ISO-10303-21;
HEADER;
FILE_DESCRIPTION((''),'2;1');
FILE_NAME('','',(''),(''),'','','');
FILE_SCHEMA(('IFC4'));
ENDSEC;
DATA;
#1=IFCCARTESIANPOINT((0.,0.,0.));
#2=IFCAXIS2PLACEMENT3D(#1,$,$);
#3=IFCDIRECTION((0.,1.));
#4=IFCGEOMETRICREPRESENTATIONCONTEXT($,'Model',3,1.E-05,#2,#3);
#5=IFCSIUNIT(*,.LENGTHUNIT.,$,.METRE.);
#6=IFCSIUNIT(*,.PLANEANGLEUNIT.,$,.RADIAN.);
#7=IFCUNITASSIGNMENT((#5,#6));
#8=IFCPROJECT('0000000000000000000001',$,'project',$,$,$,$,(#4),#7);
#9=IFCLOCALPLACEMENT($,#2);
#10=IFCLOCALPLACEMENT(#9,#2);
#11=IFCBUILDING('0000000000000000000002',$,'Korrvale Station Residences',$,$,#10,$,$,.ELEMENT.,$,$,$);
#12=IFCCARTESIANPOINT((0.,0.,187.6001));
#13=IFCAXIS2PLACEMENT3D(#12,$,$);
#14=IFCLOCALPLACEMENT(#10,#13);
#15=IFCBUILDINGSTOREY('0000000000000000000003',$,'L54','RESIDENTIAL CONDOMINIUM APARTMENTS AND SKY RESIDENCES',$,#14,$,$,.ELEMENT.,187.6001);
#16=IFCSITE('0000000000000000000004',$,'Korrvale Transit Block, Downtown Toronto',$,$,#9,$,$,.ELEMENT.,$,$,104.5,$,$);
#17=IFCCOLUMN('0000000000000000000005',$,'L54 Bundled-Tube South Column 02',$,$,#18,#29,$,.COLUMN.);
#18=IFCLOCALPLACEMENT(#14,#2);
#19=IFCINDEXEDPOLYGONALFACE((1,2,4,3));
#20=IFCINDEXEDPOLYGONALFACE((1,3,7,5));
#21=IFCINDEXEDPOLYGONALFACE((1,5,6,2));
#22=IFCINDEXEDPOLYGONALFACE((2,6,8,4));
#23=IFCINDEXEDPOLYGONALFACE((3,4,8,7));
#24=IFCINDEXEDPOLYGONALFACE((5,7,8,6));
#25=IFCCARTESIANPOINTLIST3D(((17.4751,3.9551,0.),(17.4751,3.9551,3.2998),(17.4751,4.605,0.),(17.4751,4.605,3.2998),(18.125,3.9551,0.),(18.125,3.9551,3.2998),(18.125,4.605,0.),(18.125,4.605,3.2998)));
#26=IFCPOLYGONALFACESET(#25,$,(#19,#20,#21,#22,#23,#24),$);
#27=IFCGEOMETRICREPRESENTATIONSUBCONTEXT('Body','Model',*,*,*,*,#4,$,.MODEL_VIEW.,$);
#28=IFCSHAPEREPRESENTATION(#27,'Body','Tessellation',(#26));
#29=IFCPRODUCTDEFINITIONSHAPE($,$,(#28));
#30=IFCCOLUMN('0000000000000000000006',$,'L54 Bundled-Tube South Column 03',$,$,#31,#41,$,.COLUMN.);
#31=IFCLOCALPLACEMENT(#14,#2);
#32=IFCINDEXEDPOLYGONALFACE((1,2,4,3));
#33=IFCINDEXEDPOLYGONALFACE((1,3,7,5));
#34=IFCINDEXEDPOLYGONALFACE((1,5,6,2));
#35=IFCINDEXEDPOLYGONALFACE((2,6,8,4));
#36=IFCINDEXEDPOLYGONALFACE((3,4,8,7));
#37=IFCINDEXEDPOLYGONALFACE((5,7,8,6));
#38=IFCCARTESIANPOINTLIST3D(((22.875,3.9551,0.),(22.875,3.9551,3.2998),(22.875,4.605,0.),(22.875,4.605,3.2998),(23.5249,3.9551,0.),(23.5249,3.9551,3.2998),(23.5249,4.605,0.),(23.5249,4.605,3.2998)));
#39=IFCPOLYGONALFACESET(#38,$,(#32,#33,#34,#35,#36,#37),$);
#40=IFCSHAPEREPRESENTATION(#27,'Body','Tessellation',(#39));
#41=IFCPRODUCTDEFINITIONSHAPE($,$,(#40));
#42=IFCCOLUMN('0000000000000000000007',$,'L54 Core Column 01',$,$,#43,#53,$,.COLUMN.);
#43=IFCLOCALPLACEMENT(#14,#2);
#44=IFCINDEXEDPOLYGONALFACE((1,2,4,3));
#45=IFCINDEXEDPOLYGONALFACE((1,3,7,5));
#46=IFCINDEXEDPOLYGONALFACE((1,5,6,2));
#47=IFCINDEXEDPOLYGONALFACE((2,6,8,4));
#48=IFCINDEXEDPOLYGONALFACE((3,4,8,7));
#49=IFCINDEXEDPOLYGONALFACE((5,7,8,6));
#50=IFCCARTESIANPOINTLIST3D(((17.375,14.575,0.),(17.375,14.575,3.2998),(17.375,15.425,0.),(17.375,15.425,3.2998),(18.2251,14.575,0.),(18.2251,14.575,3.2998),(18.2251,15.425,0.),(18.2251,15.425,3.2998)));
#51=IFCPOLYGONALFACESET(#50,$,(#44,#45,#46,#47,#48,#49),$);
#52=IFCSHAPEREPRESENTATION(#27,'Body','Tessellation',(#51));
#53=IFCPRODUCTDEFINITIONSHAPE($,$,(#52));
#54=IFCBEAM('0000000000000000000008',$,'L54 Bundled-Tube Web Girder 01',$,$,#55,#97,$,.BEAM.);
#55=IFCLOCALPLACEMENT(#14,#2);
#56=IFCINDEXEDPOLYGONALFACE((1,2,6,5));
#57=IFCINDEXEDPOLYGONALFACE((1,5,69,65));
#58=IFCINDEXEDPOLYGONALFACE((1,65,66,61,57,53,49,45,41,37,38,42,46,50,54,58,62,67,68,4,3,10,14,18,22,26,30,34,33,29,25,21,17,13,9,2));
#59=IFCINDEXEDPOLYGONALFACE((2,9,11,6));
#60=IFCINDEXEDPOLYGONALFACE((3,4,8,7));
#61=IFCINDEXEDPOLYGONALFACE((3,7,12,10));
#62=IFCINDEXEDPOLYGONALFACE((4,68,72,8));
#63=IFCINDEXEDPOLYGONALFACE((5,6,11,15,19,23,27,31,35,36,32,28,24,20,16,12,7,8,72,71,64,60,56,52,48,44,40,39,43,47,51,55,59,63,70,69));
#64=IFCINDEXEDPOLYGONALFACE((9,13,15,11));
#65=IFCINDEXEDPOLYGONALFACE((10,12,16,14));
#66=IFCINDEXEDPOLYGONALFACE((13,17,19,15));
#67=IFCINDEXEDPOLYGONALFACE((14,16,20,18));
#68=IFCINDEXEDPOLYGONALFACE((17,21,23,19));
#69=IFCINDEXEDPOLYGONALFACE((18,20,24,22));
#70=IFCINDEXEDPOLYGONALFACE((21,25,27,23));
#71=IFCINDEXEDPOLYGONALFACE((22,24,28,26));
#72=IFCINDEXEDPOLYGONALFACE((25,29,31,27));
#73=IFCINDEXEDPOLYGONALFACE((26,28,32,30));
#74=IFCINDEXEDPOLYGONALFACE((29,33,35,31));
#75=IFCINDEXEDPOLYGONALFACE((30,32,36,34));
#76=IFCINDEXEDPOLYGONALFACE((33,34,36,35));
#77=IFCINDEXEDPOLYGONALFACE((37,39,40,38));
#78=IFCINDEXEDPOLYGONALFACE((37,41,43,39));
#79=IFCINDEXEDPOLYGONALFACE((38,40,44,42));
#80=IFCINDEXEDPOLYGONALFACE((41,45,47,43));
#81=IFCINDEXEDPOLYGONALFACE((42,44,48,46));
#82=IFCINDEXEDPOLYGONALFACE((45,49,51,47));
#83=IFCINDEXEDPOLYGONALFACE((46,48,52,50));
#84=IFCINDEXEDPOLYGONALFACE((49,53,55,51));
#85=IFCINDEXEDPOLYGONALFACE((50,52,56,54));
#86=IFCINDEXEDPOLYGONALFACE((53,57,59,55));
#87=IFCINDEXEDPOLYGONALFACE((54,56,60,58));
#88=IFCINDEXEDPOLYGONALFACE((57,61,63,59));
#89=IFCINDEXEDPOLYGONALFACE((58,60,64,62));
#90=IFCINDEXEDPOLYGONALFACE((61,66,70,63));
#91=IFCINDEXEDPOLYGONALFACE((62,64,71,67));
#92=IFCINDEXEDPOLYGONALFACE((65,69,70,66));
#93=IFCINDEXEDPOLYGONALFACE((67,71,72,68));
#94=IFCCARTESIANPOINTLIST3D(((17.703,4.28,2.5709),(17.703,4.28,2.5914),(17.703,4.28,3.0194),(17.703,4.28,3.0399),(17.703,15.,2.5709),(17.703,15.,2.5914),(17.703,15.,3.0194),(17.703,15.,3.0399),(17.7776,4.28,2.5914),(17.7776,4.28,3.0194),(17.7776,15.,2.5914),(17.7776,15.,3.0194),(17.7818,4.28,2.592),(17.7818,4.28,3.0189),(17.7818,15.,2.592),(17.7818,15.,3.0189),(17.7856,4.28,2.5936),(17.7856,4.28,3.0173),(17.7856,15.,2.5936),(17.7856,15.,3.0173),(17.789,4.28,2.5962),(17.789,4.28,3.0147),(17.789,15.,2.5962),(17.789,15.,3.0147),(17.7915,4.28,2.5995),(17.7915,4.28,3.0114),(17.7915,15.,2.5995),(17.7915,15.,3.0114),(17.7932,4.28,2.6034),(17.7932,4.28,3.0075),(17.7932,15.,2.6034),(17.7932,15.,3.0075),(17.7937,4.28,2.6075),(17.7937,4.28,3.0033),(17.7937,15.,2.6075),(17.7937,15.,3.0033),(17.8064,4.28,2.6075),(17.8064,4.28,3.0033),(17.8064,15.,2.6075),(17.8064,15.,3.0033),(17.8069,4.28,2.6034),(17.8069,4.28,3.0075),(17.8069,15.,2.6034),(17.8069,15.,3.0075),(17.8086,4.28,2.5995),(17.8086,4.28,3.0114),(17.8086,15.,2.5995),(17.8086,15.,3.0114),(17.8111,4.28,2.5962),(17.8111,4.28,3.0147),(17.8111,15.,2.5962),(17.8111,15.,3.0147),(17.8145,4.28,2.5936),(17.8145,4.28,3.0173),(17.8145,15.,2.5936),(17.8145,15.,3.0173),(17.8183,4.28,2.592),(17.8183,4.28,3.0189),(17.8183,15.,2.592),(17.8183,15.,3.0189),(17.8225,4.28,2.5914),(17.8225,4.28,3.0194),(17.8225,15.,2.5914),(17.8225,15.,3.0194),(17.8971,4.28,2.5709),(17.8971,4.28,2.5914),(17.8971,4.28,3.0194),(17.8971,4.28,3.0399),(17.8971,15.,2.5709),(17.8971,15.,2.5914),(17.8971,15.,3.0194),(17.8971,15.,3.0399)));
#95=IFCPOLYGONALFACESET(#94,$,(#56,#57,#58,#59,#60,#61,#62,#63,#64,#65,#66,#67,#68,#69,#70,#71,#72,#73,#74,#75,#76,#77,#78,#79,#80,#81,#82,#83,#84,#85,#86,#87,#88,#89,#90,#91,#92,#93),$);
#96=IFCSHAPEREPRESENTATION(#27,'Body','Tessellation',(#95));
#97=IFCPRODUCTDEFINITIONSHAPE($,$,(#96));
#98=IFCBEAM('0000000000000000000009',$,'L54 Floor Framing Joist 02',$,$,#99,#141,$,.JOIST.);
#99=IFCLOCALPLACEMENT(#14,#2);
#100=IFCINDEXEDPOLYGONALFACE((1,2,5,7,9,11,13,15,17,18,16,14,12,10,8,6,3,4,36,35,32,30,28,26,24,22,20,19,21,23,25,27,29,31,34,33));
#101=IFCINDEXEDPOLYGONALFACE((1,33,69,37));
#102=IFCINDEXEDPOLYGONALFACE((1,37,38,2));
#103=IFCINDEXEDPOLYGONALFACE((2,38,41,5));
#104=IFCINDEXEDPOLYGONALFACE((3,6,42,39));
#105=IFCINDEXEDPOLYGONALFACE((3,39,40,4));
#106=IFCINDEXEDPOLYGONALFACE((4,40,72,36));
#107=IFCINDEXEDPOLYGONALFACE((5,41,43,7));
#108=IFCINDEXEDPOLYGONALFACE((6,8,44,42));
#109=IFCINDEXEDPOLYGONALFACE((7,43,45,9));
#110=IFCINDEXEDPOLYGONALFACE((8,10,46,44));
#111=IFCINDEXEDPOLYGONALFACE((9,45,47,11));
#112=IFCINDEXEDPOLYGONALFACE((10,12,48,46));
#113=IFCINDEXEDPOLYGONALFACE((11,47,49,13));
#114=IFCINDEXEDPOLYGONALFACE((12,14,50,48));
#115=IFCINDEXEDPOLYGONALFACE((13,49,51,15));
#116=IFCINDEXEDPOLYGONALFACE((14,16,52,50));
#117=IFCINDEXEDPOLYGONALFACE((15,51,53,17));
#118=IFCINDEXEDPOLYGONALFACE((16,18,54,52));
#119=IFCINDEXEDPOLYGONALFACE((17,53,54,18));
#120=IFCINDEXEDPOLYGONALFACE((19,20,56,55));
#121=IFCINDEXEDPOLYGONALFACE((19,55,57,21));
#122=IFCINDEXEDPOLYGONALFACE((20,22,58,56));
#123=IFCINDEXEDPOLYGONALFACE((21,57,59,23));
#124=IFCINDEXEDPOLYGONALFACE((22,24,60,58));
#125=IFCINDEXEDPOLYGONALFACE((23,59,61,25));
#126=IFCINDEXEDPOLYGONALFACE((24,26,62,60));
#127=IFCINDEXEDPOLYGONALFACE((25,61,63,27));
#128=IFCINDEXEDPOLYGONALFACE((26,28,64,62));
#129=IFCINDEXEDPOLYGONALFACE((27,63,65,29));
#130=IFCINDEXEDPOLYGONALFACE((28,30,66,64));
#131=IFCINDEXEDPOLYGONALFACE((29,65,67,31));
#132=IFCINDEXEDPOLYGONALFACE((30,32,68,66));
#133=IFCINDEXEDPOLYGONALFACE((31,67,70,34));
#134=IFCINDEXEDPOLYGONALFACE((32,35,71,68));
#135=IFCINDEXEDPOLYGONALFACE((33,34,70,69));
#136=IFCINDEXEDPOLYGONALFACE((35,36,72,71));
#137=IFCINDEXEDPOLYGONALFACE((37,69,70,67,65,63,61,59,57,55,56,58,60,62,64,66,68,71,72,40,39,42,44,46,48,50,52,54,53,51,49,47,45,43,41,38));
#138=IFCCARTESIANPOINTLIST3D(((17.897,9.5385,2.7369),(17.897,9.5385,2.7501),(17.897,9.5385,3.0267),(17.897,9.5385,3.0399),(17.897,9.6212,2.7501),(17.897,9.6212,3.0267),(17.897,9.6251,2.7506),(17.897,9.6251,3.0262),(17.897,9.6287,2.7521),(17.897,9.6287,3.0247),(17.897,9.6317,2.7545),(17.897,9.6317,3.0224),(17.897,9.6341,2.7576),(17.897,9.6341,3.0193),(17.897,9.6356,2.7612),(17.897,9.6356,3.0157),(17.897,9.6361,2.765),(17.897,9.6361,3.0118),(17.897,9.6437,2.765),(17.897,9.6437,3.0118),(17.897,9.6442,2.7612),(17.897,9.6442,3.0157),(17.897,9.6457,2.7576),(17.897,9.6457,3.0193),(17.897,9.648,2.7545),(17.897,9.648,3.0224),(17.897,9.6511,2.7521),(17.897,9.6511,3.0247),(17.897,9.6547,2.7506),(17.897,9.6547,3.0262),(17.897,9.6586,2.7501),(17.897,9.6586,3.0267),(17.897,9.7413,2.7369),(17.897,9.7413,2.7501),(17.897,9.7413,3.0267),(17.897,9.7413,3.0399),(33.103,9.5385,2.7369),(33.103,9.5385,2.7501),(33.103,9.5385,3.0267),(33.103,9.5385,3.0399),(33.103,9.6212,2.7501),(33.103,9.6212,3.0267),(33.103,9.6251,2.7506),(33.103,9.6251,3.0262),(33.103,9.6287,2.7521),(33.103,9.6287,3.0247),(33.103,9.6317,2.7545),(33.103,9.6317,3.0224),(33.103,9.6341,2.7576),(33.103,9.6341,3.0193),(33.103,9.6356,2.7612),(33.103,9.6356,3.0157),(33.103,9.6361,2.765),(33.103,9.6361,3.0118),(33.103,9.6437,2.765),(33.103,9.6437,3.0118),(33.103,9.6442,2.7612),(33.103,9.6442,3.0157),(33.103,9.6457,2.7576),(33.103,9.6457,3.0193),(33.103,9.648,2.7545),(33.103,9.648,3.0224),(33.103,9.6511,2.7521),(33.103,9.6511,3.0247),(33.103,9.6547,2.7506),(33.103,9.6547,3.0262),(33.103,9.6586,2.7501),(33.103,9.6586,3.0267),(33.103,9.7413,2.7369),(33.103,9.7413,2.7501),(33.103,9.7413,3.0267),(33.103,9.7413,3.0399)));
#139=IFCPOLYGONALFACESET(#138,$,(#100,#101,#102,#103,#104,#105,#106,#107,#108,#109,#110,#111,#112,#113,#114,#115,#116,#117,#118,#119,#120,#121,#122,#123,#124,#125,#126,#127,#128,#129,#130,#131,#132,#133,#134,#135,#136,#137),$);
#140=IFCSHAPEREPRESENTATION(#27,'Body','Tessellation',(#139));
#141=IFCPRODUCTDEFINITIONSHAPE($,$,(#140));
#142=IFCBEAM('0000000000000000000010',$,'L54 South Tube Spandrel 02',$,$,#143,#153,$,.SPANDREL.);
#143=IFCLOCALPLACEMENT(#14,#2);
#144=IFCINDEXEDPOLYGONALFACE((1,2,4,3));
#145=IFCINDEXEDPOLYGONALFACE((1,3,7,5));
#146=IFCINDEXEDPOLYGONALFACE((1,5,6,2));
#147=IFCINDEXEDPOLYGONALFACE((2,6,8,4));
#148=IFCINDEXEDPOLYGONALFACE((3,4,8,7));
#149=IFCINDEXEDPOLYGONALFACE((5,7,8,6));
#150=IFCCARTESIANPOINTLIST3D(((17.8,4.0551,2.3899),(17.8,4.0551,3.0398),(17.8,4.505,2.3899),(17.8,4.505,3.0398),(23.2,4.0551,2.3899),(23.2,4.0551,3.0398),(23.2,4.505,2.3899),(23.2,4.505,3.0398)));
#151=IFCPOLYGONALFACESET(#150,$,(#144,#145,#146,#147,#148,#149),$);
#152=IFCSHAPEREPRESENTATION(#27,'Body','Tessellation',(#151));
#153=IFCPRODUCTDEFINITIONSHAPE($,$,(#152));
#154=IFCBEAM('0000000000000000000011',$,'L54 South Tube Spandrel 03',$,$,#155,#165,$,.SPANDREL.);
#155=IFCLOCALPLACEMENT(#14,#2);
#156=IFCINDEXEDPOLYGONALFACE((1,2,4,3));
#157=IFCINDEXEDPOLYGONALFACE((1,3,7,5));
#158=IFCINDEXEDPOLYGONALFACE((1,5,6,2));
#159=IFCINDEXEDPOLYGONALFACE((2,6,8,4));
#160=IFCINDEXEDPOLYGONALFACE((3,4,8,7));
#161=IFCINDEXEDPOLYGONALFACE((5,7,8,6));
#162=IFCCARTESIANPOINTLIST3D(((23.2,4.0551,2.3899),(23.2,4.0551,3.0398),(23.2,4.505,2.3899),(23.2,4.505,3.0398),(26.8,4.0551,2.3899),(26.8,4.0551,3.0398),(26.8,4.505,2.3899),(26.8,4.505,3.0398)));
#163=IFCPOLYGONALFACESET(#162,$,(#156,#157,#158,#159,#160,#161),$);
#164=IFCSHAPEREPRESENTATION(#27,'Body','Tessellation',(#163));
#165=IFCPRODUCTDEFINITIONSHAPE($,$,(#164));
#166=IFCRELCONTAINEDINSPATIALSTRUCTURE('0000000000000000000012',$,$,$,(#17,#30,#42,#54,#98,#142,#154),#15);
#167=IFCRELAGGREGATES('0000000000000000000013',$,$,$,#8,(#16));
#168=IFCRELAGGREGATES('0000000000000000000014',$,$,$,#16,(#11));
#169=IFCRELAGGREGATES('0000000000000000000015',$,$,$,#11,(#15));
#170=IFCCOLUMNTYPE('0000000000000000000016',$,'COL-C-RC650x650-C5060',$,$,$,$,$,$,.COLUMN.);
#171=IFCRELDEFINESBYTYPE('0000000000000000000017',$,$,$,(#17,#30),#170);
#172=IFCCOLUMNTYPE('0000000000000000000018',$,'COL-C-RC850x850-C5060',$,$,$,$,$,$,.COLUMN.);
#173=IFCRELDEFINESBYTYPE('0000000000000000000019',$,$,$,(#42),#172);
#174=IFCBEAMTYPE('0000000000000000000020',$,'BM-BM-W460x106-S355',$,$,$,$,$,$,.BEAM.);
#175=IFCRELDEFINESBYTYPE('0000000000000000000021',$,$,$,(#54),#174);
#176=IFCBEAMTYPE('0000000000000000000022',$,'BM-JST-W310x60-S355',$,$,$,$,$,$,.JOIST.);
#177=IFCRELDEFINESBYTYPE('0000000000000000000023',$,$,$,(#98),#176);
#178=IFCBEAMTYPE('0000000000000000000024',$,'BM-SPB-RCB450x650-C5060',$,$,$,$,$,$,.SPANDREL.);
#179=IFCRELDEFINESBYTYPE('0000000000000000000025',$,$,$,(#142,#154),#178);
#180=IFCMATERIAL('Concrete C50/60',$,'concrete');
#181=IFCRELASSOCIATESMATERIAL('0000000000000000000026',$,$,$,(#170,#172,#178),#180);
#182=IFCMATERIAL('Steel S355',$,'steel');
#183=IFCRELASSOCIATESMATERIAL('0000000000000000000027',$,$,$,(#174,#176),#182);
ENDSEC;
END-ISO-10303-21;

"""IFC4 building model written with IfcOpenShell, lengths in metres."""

from ifc_helpers import new_model, si_unit, direction, frame, origin, origin_2d, place, context, subcontext, project, spatial, rectangle, i_section, extrude, material, material_profile, profile_set, type_object, element, save


model = new_model("IFC4")

# Units and contexts
model_context = context("Model", 3, precision=1e-05, world=origin(), true_north=direction((0.0, 1.0)))
body_context = subcontext(model_context, "Body", "Model", "MODEL_VIEW")
ifc_project = project(units=[si_unit("LENGTHUNIT", "METRE"), si_unit("PLANEANGLEUNIT", "RADIAN")], contexts=[model_context])

# Site, building, storey
site_placement = place(None, origin())
site = spatial("IfcSite", under=ifc_project, at=site_placement, Name="Korrvale Transit Block, Downtown Toronto", CompositionType="ELEMENT", RefElevation=104.5)
building_placement = place(site_placement, origin())
building = spatial("IfcBuilding", under=site, at=building_placement, Name="Korrvale Station Residences", CompositionType="ELEMENT")
storey_placement = place(building_placement, frame((0.0, 0.0, 187.6001)))
storey = spatial("IfcBuildingStorey", under=building, at=storey_placement, Name="L54", Description="RESIDENTIAL CONDOMINIUM APARTMENTS AND SKY RESIDENCES", CompositionType="ELEMENT", Elevation=187.6001)

# Columns
ifc_material_1 = material(Name="Concrete C50/60", Category="concrete")
ifc_material_profile_1 = material_profile(ifc_material_1, rectangle(XDim=0.6499, YDim=0.6499, at=origin_2d()), Name="RC650x650")
ifc_profile_set_1 = profile_set([ifc_material_profile_1], Name="Concrete C50/60")
column_type_1 = type_object("IfcColumnType", Name="COL-C-RC650x650-C5060", PredefinedType="COLUMN", material=ifc_profile_set_1)
for number, where, z_axis, x_axis, name in (
    (1, (17.8, 4.28, 0.0), (0.0, 0.0, 1.0), (1.0, 0.0, 0.0), "L54 Bundled-Tube South Column 02"),
    (2, (23.2, 4.28, 0.0), (0.0, 0.0, 1.0), (1.0, 0.0, 0.0), "L54 Bundled-Tube South Column 03"),
):
    element("IfcColumn", number, at=place(storey_placement, frame(where, z_axis=z_axis, x_axis=x_axis)), inside=storey, type_object=column_type_1, Name=name, PredefinedType="COLUMN", context=body_context, shape_type="SweptSolid", body=[
        extrude(rectangle(XDim=0.6499, YDim=0.6499, at=origin_2d()), origin(), (0.0, 0.0, 1.0), 3.2998),
    ])
ifc_material_profile_2 = material_profile(ifc_material_1, rectangle(XDim=0.8501, YDim=0.8501, at=origin_2d()), Name="RC850x850")
ifc_profile_set_2 = profile_set([ifc_material_profile_2], Name="Concrete C50/60")
column_type_2 = type_object("IfcColumnType", Name="COL-C-RC850x850-C5060", PredefinedType="COLUMN", material=ifc_profile_set_2)
column_placement = place(storey_placement, frame((17.8, 15.0, 0.0), z_axis=(0.0, 0.0, 1.0), x_axis=(1.0, 0.0, 0.0)))
element("IfcColumn", 3, at=column_placement, inside=storey, type_object=column_type_2, Name="L54 Core Column 01", PredefinedType="COLUMN", context=body_context, shape_type="SweptSolid", body=[
    extrude(rectangle(XDim=0.8501, YDim=0.8501, at=origin_2d()), origin(), (0.0, 0.0, 1.0), 3.2998),
])

# Beams
ifc_material_2 = material(Name="Steel S355", Category="steel")
ifc_material_profile_3 = material_profile(ifc_material_2, i_section(OverallWidth=0.1941, OverallDepth=0.469, WebThickness=0.0127, FlangeThickness=0.0205, FilletRadius=0.0161, at=origin_2d()), Name="W460x106")
ifc_profile_set_3 = profile_set([ifc_material_profile_3], Name="Steel S355")
beam_type_1 = type_object("IfcBeamType", Name="BM-BM-W460x106-S355", PredefinedType="BEAM", material=ifc_profile_set_3)
beam_1_placement = place(storey_placement, frame((17.8, 4.28, 2.8054), z_axis=(0.0, 1.0, 0.0), x_axis=(-1.0, 0.0, 0.0)))
element("IfcBeam", 4, at=beam_1_placement, inside=storey, type_object=beam_type_1, Name="L54 Bundled-Tube Web Girder 01", PredefinedType="BEAM", context=body_context, shape_type="SweptSolid", body=[
    extrude(i_section(OverallWidth=0.1941, OverallDepth=0.469, WebThickness=0.0127, FlangeThickness=0.0205, FilletRadius=0.0161, at=origin_2d()), origin(), (0.0, 0.0, 1.0), 10.72),
])
ifc_material_profile_4 = material_profile(ifc_material_2, i_section(OverallWidth=0.2029, OverallDepth=0.303, WebThickness=0.0076, FlangeThickness=0.0132, FilletRadius=0.0149, at=origin_2d()), Name="W310x60")
ifc_profile_set_4 = profile_set([ifc_material_profile_4], Name="Steel S355")
beam_type_2 = type_object("IfcBeamType", Name="BM-JST-W310x60-S355", PredefinedType="JOIST", material=ifc_profile_set_4)
beam_2_placement = place(storey_placement, frame((17.897, 9.6399, 2.8884), z_axis=(1.0, 0.0, 0.0), x_axis=(0.0, 1.0, 0.0)))
element("IfcBeam", 5, at=beam_2_placement, inside=storey, type_object=beam_type_2, Name="L54 Floor Framing Joist 02", PredefinedType="JOIST", context=body_context, shape_type="SweptSolid", body=[
    extrude(i_section(OverallWidth=0.2029, OverallDepth=0.303, WebThickness=0.0076, FlangeThickness=0.0132, FilletRadius=0.0149, at=origin_2d()), origin(), (0.0, 0.0, 1.0), 15.2061),
])
ifc_material_profile_5 = material_profile(ifc_material_1, rectangle(XDim=0.45, YDim=0.6499, at=origin_2d()), Name="RCB450x650")
ifc_profile_set_5 = profile_set([ifc_material_profile_5], Name="Concrete C50/60")
beam_type_3 = type_object("IfcBeamType", Name="BM-SPB-RCB450x650-C5060", PredefinedType="SPANDREL", material=ifc_profile_set_5)
beam_3_placement = place(storey_placement, frame((17.8, 4.28, 2.7148), z_axis=(1.0, 0.0, 0.0), x_axis=(0.0, 1.0, 0.0)))
element("IfcBeam", 6, at=beam_3_placement, inside=storey, type_object=beam_type_3, Name="L54 South Tube Spandrel 02", PredefinedType="SPANDREL", context=body_context, shape_type="SweptSolid", body=[
    extrude(rectangle(XDim=0.45, YDim=0.6499, at=origin_2d()), origin(), (0.0, 0.0, 1.0), 5.3999),
])
beam_4_placement = place(storey_placement, frame((23.2, 4.28, 2.7148), z_axis=(1.0, 0.0, 0.0), x_axis=(0.0, 1.0, 0.0)))
element("IfcBeam", 7, at=beam_4_placement, inside=storey, type_object=beam_type_3, Name="L54 South Tube Spandrel 03", PredefinedType="SPANDREL", context=body_context, shape_type="SweptSolid", body=[
    extrude(rectangle(XDim=0.45, YDim=0.6499, at=origin_2d()), origin(), (0.0, 0.0, 1.0), 3.6001),
])

save(model, "model.ifc")
